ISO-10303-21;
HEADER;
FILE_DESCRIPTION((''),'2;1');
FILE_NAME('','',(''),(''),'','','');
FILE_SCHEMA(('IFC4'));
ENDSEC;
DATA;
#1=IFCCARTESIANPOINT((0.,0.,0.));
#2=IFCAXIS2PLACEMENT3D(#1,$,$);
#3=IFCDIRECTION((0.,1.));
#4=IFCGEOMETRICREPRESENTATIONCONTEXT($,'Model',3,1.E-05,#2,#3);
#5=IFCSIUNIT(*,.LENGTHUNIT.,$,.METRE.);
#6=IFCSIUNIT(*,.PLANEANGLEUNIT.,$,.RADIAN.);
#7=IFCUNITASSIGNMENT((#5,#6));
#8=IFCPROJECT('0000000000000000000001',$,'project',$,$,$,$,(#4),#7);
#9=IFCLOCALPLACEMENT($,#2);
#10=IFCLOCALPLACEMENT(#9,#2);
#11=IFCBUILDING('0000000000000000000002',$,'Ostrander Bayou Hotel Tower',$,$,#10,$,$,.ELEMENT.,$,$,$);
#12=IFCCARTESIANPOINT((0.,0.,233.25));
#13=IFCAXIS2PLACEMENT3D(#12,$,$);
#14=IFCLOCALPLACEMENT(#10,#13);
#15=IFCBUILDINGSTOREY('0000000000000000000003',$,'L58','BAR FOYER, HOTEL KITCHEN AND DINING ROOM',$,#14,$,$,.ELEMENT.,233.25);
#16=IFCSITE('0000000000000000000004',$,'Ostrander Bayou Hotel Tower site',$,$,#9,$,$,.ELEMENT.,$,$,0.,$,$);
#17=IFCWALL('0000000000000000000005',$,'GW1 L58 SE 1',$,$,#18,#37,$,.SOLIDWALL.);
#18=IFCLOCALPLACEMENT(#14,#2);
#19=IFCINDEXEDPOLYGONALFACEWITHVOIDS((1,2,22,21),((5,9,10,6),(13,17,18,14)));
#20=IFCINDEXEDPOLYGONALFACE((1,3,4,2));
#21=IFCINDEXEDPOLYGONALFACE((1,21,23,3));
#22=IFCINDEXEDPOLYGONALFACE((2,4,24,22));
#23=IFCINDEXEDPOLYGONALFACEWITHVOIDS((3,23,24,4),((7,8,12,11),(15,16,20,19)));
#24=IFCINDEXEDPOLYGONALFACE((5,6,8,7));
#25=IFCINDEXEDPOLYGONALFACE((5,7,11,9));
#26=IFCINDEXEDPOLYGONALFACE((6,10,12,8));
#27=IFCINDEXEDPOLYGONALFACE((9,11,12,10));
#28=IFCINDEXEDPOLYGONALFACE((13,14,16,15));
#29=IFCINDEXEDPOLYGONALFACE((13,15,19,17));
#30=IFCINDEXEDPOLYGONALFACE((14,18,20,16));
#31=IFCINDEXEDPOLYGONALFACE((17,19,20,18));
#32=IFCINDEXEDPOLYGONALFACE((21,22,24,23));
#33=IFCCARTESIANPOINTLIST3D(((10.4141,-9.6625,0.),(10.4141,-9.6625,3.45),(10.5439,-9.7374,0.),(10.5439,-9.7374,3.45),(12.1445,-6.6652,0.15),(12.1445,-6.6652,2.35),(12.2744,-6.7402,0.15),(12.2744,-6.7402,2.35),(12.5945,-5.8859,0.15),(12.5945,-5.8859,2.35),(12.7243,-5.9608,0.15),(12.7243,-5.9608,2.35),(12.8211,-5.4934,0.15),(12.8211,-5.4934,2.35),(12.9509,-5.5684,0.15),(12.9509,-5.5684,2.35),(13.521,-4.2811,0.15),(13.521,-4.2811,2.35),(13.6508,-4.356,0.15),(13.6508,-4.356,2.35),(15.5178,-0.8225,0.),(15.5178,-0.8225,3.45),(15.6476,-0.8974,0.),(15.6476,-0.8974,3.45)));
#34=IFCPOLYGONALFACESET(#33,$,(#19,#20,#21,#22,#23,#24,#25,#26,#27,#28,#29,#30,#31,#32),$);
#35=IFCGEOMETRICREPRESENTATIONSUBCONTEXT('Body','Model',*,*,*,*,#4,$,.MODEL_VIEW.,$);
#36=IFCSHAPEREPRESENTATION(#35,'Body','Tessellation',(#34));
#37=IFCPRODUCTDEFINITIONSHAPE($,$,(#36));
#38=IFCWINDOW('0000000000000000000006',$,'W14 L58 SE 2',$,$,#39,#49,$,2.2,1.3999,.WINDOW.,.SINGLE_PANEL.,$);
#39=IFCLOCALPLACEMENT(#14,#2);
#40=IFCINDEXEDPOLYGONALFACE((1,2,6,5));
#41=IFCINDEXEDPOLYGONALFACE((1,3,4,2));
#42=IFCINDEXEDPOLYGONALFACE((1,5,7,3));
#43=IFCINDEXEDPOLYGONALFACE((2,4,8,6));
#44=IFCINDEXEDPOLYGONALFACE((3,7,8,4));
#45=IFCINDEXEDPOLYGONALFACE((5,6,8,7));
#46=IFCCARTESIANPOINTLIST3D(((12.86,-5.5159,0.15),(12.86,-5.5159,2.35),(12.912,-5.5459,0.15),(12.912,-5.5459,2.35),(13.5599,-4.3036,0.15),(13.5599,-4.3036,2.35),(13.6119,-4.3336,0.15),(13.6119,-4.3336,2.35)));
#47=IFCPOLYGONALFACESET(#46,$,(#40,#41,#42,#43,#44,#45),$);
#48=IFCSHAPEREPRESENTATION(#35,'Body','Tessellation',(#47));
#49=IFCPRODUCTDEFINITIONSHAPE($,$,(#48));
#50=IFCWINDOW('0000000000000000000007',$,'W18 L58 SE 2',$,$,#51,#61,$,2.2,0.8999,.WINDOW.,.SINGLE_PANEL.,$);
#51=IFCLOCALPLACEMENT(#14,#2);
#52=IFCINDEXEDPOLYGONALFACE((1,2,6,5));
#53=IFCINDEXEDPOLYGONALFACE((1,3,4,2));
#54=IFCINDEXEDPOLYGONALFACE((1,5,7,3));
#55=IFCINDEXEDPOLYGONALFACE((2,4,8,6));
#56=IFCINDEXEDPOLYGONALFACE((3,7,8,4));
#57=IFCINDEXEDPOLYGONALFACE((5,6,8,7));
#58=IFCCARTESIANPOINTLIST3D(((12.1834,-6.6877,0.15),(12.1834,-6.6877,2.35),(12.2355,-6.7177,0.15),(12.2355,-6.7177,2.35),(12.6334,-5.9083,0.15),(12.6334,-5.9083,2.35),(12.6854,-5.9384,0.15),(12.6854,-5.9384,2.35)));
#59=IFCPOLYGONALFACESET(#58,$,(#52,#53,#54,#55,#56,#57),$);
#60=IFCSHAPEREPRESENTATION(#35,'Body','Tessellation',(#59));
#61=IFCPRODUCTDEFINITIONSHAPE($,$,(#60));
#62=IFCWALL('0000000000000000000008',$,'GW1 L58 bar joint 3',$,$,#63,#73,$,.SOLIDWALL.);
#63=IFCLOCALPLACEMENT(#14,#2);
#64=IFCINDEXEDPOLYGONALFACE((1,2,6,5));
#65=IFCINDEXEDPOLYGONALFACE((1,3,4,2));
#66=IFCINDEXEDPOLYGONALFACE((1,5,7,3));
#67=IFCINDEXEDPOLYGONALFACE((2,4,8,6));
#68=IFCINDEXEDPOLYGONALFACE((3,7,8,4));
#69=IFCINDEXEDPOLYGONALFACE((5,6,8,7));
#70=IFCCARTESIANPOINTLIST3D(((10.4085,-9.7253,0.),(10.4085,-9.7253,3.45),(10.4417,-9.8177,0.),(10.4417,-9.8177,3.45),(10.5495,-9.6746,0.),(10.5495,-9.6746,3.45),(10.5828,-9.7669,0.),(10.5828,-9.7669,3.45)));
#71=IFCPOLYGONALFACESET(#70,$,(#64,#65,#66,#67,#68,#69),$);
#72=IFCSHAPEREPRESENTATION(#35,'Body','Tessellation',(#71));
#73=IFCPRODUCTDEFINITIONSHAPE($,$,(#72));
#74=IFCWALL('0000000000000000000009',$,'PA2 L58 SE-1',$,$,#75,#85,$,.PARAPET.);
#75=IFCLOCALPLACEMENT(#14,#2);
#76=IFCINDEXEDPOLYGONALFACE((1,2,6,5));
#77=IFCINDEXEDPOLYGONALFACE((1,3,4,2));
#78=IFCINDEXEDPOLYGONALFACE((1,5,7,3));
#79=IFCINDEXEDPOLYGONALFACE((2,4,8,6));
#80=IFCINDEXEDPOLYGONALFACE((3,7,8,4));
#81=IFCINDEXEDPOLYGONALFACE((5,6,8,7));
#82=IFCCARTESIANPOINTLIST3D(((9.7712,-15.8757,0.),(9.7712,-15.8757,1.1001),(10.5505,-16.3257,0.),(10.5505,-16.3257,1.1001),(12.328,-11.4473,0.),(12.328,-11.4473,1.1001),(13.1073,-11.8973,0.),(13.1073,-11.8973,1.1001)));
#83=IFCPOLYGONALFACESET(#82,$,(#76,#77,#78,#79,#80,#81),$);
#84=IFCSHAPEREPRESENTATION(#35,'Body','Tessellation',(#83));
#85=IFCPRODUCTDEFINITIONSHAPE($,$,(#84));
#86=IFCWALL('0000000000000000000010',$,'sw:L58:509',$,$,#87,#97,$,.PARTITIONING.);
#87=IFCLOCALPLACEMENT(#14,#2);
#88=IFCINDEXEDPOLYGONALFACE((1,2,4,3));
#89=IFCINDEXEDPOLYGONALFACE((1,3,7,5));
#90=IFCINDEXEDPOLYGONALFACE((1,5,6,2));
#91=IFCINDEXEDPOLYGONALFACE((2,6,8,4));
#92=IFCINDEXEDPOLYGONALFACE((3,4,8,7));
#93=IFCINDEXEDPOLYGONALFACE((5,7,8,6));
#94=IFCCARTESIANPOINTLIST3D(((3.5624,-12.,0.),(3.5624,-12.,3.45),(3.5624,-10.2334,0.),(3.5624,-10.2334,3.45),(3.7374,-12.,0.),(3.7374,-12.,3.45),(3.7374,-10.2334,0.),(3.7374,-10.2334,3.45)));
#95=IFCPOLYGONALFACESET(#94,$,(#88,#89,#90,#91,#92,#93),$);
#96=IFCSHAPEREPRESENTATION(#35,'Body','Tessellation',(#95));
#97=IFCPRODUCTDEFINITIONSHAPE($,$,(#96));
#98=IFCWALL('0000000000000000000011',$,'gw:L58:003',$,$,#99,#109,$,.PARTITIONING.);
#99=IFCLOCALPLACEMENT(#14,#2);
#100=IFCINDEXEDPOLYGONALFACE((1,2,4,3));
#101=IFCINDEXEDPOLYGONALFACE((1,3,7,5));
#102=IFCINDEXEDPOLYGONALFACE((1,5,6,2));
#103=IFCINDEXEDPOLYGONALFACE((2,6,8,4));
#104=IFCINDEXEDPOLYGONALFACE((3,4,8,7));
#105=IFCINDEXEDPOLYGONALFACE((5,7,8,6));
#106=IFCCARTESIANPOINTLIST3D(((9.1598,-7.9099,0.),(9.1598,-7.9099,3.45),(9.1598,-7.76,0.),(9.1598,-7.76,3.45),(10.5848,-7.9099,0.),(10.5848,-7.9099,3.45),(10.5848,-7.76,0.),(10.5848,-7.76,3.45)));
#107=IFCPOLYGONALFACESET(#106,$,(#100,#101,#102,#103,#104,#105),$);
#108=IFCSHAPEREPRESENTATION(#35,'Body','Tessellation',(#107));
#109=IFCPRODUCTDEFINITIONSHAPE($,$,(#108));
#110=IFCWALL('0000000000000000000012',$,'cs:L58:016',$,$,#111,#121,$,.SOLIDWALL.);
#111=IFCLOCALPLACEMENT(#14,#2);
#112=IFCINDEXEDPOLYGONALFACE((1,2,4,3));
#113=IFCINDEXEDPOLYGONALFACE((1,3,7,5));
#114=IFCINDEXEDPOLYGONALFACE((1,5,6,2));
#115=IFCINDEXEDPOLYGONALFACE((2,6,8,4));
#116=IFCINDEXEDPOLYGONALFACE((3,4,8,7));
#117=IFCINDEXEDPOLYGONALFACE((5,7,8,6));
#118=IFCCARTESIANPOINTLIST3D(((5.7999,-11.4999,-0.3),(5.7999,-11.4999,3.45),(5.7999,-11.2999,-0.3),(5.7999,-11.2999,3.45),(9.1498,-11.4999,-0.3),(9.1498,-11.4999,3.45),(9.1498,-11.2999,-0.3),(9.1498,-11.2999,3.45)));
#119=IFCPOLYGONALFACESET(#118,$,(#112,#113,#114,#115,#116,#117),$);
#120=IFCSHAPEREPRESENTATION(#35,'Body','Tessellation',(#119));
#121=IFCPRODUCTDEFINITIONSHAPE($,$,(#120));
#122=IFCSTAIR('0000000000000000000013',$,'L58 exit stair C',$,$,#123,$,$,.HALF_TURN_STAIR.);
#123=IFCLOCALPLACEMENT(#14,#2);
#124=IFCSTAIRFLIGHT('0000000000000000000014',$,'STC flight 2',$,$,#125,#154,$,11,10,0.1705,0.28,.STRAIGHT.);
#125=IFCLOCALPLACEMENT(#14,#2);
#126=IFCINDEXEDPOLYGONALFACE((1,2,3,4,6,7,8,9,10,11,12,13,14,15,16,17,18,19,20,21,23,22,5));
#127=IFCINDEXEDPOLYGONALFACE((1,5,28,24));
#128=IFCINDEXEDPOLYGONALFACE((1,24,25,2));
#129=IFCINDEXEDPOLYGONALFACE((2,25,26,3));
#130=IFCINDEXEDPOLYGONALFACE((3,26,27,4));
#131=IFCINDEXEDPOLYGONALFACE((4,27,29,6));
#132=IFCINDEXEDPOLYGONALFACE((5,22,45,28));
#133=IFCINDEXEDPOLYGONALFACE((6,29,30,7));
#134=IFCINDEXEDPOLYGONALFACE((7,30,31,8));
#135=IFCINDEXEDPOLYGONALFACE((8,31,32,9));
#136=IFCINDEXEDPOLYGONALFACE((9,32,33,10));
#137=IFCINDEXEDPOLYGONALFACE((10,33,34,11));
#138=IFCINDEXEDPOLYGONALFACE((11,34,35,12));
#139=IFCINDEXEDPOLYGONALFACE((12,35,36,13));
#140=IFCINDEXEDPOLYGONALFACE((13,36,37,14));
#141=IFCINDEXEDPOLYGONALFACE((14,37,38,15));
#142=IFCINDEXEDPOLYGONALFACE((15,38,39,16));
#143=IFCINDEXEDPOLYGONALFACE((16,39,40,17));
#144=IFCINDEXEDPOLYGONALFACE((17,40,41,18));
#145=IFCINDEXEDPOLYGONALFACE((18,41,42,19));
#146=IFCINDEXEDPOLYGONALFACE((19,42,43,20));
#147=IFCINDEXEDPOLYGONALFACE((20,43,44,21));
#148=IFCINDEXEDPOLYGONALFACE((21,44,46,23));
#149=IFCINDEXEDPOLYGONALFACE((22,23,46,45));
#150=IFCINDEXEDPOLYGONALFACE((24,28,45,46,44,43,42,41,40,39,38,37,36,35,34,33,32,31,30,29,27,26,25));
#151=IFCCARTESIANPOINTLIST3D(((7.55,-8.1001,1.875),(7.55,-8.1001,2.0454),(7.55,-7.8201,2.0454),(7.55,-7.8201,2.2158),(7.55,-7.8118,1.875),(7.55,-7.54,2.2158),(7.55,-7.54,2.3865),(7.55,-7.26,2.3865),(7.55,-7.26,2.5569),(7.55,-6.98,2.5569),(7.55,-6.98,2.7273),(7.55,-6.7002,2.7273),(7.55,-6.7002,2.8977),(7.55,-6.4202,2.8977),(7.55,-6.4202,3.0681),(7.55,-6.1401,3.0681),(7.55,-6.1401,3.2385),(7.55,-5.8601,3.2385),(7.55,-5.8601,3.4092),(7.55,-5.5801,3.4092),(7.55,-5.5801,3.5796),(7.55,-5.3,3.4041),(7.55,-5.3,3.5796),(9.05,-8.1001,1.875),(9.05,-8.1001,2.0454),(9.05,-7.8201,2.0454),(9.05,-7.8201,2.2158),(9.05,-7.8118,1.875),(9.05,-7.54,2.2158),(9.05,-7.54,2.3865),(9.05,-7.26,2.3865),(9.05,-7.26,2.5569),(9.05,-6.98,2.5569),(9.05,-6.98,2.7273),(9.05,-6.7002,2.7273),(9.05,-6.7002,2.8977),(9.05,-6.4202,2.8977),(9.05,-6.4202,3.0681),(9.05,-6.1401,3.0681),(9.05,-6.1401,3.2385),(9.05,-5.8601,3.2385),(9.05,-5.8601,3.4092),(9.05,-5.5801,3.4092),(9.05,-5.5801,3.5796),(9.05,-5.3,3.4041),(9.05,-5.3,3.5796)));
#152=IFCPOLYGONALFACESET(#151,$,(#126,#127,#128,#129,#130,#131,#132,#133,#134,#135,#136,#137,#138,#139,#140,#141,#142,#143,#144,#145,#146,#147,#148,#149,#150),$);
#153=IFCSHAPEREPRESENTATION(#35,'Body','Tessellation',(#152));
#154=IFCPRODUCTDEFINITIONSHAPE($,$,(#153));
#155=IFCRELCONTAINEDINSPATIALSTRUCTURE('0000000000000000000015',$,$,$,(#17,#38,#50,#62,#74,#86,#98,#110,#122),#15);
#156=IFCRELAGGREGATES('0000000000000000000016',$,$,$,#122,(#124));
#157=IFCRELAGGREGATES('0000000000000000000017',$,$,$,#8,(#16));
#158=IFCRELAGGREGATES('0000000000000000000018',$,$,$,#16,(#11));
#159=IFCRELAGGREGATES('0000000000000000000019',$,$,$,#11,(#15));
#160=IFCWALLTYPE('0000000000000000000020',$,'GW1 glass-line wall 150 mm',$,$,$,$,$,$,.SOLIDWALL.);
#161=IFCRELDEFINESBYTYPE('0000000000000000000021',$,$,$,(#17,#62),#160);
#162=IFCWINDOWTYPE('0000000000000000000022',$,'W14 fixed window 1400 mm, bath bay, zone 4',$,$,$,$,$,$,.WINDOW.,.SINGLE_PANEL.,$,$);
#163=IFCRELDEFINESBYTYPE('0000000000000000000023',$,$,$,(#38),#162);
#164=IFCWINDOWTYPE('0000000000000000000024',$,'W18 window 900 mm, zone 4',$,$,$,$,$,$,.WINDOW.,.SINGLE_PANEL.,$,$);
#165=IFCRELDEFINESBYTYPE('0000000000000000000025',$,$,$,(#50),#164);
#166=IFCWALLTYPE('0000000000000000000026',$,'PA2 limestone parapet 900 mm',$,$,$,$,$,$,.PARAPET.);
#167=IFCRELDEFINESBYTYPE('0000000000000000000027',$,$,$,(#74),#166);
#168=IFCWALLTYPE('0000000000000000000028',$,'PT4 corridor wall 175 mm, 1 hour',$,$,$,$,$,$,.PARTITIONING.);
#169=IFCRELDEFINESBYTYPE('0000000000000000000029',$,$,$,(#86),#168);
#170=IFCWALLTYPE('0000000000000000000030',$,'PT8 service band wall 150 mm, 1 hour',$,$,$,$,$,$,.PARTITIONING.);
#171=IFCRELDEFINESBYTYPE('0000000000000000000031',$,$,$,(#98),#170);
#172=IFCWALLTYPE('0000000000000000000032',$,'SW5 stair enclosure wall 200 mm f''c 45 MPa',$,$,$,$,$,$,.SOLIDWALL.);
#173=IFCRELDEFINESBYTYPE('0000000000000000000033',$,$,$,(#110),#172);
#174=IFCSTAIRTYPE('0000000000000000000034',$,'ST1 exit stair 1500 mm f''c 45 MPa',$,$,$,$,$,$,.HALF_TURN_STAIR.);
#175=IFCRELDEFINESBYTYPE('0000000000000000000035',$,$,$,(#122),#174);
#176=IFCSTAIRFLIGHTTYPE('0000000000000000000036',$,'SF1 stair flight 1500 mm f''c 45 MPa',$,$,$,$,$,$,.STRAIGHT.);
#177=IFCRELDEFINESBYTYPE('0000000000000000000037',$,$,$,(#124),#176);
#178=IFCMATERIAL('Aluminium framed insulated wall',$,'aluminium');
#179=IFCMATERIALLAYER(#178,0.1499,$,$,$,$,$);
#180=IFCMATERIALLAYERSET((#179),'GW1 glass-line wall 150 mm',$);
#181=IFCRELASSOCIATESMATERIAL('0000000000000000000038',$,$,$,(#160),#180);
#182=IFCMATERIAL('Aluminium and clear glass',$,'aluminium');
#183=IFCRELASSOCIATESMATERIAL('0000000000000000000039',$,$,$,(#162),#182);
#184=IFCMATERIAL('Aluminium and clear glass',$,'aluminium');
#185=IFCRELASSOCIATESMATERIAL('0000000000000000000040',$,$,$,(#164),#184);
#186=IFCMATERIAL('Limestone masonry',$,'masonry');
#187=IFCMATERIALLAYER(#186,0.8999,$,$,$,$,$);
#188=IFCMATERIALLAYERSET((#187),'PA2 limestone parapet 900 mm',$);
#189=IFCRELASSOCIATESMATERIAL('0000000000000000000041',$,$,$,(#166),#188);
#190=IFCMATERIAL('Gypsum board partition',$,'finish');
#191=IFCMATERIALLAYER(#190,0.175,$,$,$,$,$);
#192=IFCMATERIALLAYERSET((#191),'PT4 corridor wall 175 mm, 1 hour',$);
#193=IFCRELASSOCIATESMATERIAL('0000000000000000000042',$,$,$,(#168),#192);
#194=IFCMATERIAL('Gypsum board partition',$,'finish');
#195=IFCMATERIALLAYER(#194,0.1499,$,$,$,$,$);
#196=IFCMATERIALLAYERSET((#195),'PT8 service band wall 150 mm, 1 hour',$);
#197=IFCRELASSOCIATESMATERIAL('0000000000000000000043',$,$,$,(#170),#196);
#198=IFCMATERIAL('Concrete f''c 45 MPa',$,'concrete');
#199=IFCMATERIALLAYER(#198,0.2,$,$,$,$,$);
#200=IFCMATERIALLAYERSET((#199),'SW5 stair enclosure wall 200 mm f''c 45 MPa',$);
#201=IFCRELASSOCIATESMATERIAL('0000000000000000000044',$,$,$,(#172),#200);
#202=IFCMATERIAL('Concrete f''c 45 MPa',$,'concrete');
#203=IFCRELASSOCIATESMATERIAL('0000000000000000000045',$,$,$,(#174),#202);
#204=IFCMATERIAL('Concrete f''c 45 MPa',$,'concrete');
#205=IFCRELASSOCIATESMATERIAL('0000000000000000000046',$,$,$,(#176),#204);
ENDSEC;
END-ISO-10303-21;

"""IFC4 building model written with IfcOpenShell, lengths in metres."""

from ifc_helpers import new_model, si_unit, direction, frame, frame_2d, origin, place, context, subcontext, project, spatial, polyline, rectangle, outline, extrude, material, layer, layer_set, type_object, element, fill, aggregate, save


model = new_model("IFC4")

# Units and contexts
model_context = context("Model", 3, precision=1e-05, world=origin(), true_north=direction((0.0, 1.0)))
body_context = subcontext(model_context, "Body", "Model", "MODEL_VIEW")
ifc_project = project(units=[si_unit("LENGTHUNIT", "METRE"), si_unit("PLANEANGLEUNIT", "RADIAN")], contexts=[model_context])

# Site, building, storey
site_placement = place(None, origin())
site = spatial("IfcSite", under=ifc_project, at=site_placement, Name="Ostrander Bayou Hotel Tower site", CompositionType="ELEMENT", RefElevation=0.0)
building_placement = place(site_placement, origin())
building = spatial("IfcBuilding", under=site, at=building_placement, Name="Ostrander Bayou Hotel Tower", CompositionType="ELEMENT")
storey_placement = place(building_placement, frame((0.0, 0.0, 233.25)))
storey = spatial("IfcBuildingStorey", under=building, at=storey_placement, Name="L58", Description="BAR FOYER, HOTEL KITCHEN AND DINING ROOM", CompositionType="ELEMENT", Elevation=233.25)

# Wall, openings, windows
ifc_material_1 = material(Name="Aluminium framed insulated wall", Category="aluminium")
ifc_layer_1 = layer(ifc_material_1, 0.1499)
ifc_layer_set_1 = layer_set([ifc_layer_1], Name="GW1 glass-line wall 150 mm")
wall_type_1 = type_object("IfcWallType", Name="GW1 glass-line wall 150 mm", PredefinedType="SOLIDWALL", material=ifc_layer_set_1)
wall_1_placement = place(storey_placement, frame((10.479, -9.7, 0.0), z_axis=(0.0, 0.0, 1.0), x_axis=(0.499995, 0.866028, 0.0)))
wall_1 = element("IfcWall", 1, at=wall_1_placement, inside=storey, type_object=wall_type_1, Name="GW1 L58 SE 1", PredefinedType="SOLIDWALL", context=body_context, shape_type="SweptSolid", body=[
    extrude(rectangle(XDim=10.2075, YDim=0.1499, at=frame_2d((5.1038, 0.0))), origin(), (0.0, 0.0, 1.0), 3.45),
])
opening_1_placement = place(wall_1_placement, frame((3.4609, 0.0, 0.1499)))
opening_1 = element("IfcOpeningElement", 2, at=opening_1_placement, cuts=wall_1, PredefinedType="OPENING", context=body_context, shape_type="SweptSolid", body=[
    extrude(rectangle(XDim=0.8999, YDim=2.2, at=frame_2d((0.45, 1.1001))), frame((0.0, 0.075, 0.0), z_axis=(0.0, -1.0, 0.0), x_axis=(1.0, 0.0, 0.0)), (0.0, 0.0, 1.0), 0.1499),
])
opening_2_placement = place(wall_1_placement, frame((4.814, 0.0, 0.1499)))
opening_2 = element("IfcOpeningElement", 3, at=opening_2_placement, cuts=wall_1, PredefinedType="OPENING", context=body_context, shape_type="SweptSolid", body=[
    extrude(rectangle(XDim=1.3999, YDim=2.2, at=frame_2d((0.7, 1.1001))), frame((0.0, 0.075, 0.0), z_axis=(0.0, -1.0, 0.0), x_axis=(1.0, 0.0, 0.0)), (0.0, 0.0, 1.0), 0.1499),
])
ifc_material_2 = material(Name="Aluminium and clear glass", Category="aluminium")
window_type_1 = type_object("IfcWindowType", Name="W14 fixed window 1400 mm, bath bay, zone 4", PartitioningType="SINGLE_PANEL", PredefinedType="WINDOW", material=ifc_material_2)
window_1_placement = place(opening_2_placement, origin())
window_1 = element("IfcWindow", 4, at=window_1_placement, inside=storey, type_object=window_type_1, Name="W14 L58 SE 2", OverallHeight=2.2, OverallWidth=1.3999, PartitioningType="SINGLE_PANEL", PredefinedType="WINDOW", context=body_context, shape_type="SweptSolid", body=[
    extrude(rectangle(XDim=1.3999, YDim=2.2, at=frame_2d((0.7, 1.1001))), frame((0.0, 0.03, 0.0), z_axis=(0.0, -1.0, 0.0), x_axis=(1.0, 0.0, 0.0)), (0.0, 0.0, 1.0), 0.0601),
])
fill(opening_2, window_1)
ifc_material_3 = material(Name="Aluminium and clear glass", Category="aluminium")
window_type_2 = type_object("IfcWindowType", Name="W18 window 900 mm, zone 4", PartitioningType="SINGLE_PANEL", PredefinedType="WINDOW", material=ifc_material_3)
window_2_placement = place(opening_1_placement, origin())
window_2 = element("IfcWindow", 5, at=window_2_placement, inside=storey, type_object=window_type_2, Name="W18 L58 SE 2", OverallHeight=2.2, OverallWidth=0.8999, PartitioningType="SINGLE_PANEL", PredefinedType="WINDOW", context=body_context, shape_type="SweptSolid", body=[
    extrude(rectangle(XDim=0.8999, YDim=2.2, at=frame_2d((0.45, 1.1001))), frame((0.0, 0.03, 0.0), z_axis=(0.0, -1.0, 0.0), x_axis=(1.0, 0.0, 0.0)), (0.0, 0.0, 1.0), 0.0601),
])
fill(opening_1, window_2)

# Walls
wall_2_placement = place(storey_placement, frame((10.479, -9.7, 0.0), z_axis=(0.0, 0.0, 1.0), x_axis=(0.338543, -0.940951, 0.0)))
element("IfcWall", 6, at=wall_2_placement, inside=storey, type_object=wall_type_1, Name="GW1 L58 bar joint 3", PredefinedType="SOLIDWALL", context=body_context, shape_type="SweptSolid", body=[
    extrude(rectangle(XDim=0.0981, YDim=0.1499, at=frame_2d((0.0491, 0.0))), origin(), (0.0, 0.0, 1.0), 3.45),
])
ifc_material_4 = material(Name="Limestone masonry", Category="masonry")
ifc_layer_2 = layer(ifc_material_4, 0.8999)
ifc_layer_set_2 = layer_set([ifc_layer_2], Name="PA2 limestone parapet 900 mm")
wall_type_2 = type_object("IfcWallType", Name="PA2 limestone parapet 900 mm", PredefinedType="PARAPET", material=ifc_layer_set_2)
wall_3_placement = place(storey_placement, frame((10.1609, -16.1006, 0.0), z_axis=(0.0, 0.0, 1.0), x_axis=(0.500016, 0.866016, 0.0)))
element("IfcWall", 7, at=wall_3_placement, inside=storey, type_object=wall_type_2, Name="PA2 L58 SE-1", PredefinedType="PARAPET", context=body_context, shape_type="SweptSolid", body=[
    extrude(rectangle(XDim=5.1135, YDim=0.8999, at=frame_2d((2.5566, 0.0))), origin(), (0.0, 0.0, 1.0), 1.1001),
])
ifc_material_5 = material(Name="Gypsum board partition", Category="finish")
ifc_layer_3 = layer(ifc_material_5, 0.175)
ifc_layer_set_3 = layer_set([ifc_layer_3], Name="PT4 corridor wall 175 mm, 1 hour")
wall_type_3 = type_object("IfcWallType", Name="PT4 corridor wall 175 mm, 1 hour", PredefinedType="PARTITIONING", material=ifc_layer_set_3)
wall_4_placement = place(storey_placement, frame((3.6499, -12.0, 0.0), z_axis=(0.0, 0.0, 1.0), x_axis=(0.0, 1.0, 0.0)))
element("IfcWall", 8, at=wall_4_placement, inside=storey, type_object=wall_type_3, Name="sw:L58:509", PredefinedType="PARTITIONING", context=body_context, shape_type="SweptSolid", body=[
    extrude(rectangle(XDim=1.7666, YDim=0.175, at=frame_2d((0.8833, 0.0))), origin(), (0.0, 0.0, 1.0), 3.45),
])
ifc_material_6 = material(Name="Gypsum board partition", Category="finish")
ifc_layer_4 = layer(ifc_material_6, 0.1499)
ifc_layer_set_4 = layer_set([ifc_layer_4], Name="PT8 service band wall 150 mm, 1 hour")
wall_type_4 = type_object("IfcWallType", Name="PT8 service band wall 150 mm, 1 hour", PredefinedType="PARTITIONING", material=ifc_layer_set_4)
wall_5_placement = place(storey_placement, frame((9.1599, -7.835, 0.0), z_axis=(0.0, 0.0, 1.0), x_axis=(1.0, 0.0, 0.0)))
element("IfcWall", 9, at=wall_5_placement, inside=storey, type_object=wall_type_4, Name="gw:L58:003", PredefinedType="PARTITIONING", context=body_context, shape_type="SweptSolid", body=[
    extrude(rectangle(XDim=1.425, YDim=0.1499, at=frame_2d((0.7124, 0.0))), origin(), (0.0, 0.0, 1.0), 3.45),
])
ifc_material_7 = material(Name="Concrete f'c 45 MPa", Category="concrete")
ifc_layer_5 = layer(ifc_material_7, 0.2)
ifc_layer_set_5 = layer_set([ifc_layer_5], Name="SW5 stair enclosure wall 200 mm f'c 45 MPa")
wall_type_5 = type_object("IfcWallType", Name="SW5 stair enclosure wall 200 mm f'c 45 MPa", PredefinedType="SOLIDWALL", material=ifc_layer_set_5)
wall_6_placement = place(storey_placement, frame((5.8, -11.3999, -0.3), z_axis=(0.0, 0.0, 1.0), x_axis=(1.0, 0.0, 0.0)))
element("IfcWall", 10, at=wall_6_placement, inside=storey, type_object=wall_type_5, Name="cs:L58:016", PredefinedType="SOLIDWALL", context=body_context, shape_type="SweptSolid", body=[
    extrude(rectangle(XDim=3.3499, YDim=0.2, at=frame_2d((1.6748, 0.0))), origin(), (0.0, 0.0, 1.0), 3.75),
])

# Stair, stair flight
ifc_material_8 = material(Name="Concrete f'c 45 MPa", Category="concrete")
stair_type = type_object("IfcStairType", Name="ST1 exit stair 1500 mm f'c 45 MPa", PredefinedType="HALF_TURN_STAIR", material=ifc_material_8)
stair_placement = place(storey_placement, origin())
stair = element("IfcStair", 11, at=stair_placement, inside=storey, type_object=stair_type, Name="L58 exit stair C", PredefinedType="HALF_TURN_STAIR")
ifc_material_9 = material(Name="Concrete f'c 45 MPa", Category="concrete")
stair_flight_type = type_object("IfcStairFlightType", Name="SF1 stair flight 1500 mm f'c 45 MPa", PredefinedType="STRAIGHT", material=ifc_material_9)
stair_flight_placement = place(storey_placement, frame((8.3, -8.1001, 1.875), z_axis=(0.0, 0.0, 1.0), x_axis=(0.0, 1.0, 0.0)))
stair_flight = element("IfcStairFlight", 12, at=stair_flight_placement, type_object=stair_flight_type, Name="STC flight 2", NumberOfRisers=11, NumberOfTreads=10, PredefinedType="STRAIGHT", RiserHeight=0.1705, TreadLength=0.28, context=body_context, shape_type="SweptSolid", body=[
    extrude(outline(polyline([(0.0, 0.0), (0.0, 0.1704), (0.28, 0.1704), (0.28, 0.3408), (0.5601, 0.3408), (0.5601, 0.5115), (0.8401, 0.5115), (0.8401, 0.6819), (1.1201, 0.6819), (1.1201, 0.8523), (1.3999, 0.8523), (1.3999, 1.0227), (1.6799, 1.0227), (1.6799, 1.1931), (1.96, 1.1931), (1.96, 1.3635), (2.24, 1.3635), (2.24, 1.5342), (2.52, 1.5342), (2.52, 1.7046), (2.8, 1.7046), (2.8, 1.875), (2.8, 1.5291), (0.2883, 0.0), (0.0, 0.0)])), frame((0.0, 0.75, 0.0), z_axis=(0.0, -1.0, 0.0), x_axis=(1.0, 0.0, 0.0)), (0.0, 0.0, 1.0), 1.5),
])
aggregate(stair, [stair_flight])

save(model, "model.ifc")
